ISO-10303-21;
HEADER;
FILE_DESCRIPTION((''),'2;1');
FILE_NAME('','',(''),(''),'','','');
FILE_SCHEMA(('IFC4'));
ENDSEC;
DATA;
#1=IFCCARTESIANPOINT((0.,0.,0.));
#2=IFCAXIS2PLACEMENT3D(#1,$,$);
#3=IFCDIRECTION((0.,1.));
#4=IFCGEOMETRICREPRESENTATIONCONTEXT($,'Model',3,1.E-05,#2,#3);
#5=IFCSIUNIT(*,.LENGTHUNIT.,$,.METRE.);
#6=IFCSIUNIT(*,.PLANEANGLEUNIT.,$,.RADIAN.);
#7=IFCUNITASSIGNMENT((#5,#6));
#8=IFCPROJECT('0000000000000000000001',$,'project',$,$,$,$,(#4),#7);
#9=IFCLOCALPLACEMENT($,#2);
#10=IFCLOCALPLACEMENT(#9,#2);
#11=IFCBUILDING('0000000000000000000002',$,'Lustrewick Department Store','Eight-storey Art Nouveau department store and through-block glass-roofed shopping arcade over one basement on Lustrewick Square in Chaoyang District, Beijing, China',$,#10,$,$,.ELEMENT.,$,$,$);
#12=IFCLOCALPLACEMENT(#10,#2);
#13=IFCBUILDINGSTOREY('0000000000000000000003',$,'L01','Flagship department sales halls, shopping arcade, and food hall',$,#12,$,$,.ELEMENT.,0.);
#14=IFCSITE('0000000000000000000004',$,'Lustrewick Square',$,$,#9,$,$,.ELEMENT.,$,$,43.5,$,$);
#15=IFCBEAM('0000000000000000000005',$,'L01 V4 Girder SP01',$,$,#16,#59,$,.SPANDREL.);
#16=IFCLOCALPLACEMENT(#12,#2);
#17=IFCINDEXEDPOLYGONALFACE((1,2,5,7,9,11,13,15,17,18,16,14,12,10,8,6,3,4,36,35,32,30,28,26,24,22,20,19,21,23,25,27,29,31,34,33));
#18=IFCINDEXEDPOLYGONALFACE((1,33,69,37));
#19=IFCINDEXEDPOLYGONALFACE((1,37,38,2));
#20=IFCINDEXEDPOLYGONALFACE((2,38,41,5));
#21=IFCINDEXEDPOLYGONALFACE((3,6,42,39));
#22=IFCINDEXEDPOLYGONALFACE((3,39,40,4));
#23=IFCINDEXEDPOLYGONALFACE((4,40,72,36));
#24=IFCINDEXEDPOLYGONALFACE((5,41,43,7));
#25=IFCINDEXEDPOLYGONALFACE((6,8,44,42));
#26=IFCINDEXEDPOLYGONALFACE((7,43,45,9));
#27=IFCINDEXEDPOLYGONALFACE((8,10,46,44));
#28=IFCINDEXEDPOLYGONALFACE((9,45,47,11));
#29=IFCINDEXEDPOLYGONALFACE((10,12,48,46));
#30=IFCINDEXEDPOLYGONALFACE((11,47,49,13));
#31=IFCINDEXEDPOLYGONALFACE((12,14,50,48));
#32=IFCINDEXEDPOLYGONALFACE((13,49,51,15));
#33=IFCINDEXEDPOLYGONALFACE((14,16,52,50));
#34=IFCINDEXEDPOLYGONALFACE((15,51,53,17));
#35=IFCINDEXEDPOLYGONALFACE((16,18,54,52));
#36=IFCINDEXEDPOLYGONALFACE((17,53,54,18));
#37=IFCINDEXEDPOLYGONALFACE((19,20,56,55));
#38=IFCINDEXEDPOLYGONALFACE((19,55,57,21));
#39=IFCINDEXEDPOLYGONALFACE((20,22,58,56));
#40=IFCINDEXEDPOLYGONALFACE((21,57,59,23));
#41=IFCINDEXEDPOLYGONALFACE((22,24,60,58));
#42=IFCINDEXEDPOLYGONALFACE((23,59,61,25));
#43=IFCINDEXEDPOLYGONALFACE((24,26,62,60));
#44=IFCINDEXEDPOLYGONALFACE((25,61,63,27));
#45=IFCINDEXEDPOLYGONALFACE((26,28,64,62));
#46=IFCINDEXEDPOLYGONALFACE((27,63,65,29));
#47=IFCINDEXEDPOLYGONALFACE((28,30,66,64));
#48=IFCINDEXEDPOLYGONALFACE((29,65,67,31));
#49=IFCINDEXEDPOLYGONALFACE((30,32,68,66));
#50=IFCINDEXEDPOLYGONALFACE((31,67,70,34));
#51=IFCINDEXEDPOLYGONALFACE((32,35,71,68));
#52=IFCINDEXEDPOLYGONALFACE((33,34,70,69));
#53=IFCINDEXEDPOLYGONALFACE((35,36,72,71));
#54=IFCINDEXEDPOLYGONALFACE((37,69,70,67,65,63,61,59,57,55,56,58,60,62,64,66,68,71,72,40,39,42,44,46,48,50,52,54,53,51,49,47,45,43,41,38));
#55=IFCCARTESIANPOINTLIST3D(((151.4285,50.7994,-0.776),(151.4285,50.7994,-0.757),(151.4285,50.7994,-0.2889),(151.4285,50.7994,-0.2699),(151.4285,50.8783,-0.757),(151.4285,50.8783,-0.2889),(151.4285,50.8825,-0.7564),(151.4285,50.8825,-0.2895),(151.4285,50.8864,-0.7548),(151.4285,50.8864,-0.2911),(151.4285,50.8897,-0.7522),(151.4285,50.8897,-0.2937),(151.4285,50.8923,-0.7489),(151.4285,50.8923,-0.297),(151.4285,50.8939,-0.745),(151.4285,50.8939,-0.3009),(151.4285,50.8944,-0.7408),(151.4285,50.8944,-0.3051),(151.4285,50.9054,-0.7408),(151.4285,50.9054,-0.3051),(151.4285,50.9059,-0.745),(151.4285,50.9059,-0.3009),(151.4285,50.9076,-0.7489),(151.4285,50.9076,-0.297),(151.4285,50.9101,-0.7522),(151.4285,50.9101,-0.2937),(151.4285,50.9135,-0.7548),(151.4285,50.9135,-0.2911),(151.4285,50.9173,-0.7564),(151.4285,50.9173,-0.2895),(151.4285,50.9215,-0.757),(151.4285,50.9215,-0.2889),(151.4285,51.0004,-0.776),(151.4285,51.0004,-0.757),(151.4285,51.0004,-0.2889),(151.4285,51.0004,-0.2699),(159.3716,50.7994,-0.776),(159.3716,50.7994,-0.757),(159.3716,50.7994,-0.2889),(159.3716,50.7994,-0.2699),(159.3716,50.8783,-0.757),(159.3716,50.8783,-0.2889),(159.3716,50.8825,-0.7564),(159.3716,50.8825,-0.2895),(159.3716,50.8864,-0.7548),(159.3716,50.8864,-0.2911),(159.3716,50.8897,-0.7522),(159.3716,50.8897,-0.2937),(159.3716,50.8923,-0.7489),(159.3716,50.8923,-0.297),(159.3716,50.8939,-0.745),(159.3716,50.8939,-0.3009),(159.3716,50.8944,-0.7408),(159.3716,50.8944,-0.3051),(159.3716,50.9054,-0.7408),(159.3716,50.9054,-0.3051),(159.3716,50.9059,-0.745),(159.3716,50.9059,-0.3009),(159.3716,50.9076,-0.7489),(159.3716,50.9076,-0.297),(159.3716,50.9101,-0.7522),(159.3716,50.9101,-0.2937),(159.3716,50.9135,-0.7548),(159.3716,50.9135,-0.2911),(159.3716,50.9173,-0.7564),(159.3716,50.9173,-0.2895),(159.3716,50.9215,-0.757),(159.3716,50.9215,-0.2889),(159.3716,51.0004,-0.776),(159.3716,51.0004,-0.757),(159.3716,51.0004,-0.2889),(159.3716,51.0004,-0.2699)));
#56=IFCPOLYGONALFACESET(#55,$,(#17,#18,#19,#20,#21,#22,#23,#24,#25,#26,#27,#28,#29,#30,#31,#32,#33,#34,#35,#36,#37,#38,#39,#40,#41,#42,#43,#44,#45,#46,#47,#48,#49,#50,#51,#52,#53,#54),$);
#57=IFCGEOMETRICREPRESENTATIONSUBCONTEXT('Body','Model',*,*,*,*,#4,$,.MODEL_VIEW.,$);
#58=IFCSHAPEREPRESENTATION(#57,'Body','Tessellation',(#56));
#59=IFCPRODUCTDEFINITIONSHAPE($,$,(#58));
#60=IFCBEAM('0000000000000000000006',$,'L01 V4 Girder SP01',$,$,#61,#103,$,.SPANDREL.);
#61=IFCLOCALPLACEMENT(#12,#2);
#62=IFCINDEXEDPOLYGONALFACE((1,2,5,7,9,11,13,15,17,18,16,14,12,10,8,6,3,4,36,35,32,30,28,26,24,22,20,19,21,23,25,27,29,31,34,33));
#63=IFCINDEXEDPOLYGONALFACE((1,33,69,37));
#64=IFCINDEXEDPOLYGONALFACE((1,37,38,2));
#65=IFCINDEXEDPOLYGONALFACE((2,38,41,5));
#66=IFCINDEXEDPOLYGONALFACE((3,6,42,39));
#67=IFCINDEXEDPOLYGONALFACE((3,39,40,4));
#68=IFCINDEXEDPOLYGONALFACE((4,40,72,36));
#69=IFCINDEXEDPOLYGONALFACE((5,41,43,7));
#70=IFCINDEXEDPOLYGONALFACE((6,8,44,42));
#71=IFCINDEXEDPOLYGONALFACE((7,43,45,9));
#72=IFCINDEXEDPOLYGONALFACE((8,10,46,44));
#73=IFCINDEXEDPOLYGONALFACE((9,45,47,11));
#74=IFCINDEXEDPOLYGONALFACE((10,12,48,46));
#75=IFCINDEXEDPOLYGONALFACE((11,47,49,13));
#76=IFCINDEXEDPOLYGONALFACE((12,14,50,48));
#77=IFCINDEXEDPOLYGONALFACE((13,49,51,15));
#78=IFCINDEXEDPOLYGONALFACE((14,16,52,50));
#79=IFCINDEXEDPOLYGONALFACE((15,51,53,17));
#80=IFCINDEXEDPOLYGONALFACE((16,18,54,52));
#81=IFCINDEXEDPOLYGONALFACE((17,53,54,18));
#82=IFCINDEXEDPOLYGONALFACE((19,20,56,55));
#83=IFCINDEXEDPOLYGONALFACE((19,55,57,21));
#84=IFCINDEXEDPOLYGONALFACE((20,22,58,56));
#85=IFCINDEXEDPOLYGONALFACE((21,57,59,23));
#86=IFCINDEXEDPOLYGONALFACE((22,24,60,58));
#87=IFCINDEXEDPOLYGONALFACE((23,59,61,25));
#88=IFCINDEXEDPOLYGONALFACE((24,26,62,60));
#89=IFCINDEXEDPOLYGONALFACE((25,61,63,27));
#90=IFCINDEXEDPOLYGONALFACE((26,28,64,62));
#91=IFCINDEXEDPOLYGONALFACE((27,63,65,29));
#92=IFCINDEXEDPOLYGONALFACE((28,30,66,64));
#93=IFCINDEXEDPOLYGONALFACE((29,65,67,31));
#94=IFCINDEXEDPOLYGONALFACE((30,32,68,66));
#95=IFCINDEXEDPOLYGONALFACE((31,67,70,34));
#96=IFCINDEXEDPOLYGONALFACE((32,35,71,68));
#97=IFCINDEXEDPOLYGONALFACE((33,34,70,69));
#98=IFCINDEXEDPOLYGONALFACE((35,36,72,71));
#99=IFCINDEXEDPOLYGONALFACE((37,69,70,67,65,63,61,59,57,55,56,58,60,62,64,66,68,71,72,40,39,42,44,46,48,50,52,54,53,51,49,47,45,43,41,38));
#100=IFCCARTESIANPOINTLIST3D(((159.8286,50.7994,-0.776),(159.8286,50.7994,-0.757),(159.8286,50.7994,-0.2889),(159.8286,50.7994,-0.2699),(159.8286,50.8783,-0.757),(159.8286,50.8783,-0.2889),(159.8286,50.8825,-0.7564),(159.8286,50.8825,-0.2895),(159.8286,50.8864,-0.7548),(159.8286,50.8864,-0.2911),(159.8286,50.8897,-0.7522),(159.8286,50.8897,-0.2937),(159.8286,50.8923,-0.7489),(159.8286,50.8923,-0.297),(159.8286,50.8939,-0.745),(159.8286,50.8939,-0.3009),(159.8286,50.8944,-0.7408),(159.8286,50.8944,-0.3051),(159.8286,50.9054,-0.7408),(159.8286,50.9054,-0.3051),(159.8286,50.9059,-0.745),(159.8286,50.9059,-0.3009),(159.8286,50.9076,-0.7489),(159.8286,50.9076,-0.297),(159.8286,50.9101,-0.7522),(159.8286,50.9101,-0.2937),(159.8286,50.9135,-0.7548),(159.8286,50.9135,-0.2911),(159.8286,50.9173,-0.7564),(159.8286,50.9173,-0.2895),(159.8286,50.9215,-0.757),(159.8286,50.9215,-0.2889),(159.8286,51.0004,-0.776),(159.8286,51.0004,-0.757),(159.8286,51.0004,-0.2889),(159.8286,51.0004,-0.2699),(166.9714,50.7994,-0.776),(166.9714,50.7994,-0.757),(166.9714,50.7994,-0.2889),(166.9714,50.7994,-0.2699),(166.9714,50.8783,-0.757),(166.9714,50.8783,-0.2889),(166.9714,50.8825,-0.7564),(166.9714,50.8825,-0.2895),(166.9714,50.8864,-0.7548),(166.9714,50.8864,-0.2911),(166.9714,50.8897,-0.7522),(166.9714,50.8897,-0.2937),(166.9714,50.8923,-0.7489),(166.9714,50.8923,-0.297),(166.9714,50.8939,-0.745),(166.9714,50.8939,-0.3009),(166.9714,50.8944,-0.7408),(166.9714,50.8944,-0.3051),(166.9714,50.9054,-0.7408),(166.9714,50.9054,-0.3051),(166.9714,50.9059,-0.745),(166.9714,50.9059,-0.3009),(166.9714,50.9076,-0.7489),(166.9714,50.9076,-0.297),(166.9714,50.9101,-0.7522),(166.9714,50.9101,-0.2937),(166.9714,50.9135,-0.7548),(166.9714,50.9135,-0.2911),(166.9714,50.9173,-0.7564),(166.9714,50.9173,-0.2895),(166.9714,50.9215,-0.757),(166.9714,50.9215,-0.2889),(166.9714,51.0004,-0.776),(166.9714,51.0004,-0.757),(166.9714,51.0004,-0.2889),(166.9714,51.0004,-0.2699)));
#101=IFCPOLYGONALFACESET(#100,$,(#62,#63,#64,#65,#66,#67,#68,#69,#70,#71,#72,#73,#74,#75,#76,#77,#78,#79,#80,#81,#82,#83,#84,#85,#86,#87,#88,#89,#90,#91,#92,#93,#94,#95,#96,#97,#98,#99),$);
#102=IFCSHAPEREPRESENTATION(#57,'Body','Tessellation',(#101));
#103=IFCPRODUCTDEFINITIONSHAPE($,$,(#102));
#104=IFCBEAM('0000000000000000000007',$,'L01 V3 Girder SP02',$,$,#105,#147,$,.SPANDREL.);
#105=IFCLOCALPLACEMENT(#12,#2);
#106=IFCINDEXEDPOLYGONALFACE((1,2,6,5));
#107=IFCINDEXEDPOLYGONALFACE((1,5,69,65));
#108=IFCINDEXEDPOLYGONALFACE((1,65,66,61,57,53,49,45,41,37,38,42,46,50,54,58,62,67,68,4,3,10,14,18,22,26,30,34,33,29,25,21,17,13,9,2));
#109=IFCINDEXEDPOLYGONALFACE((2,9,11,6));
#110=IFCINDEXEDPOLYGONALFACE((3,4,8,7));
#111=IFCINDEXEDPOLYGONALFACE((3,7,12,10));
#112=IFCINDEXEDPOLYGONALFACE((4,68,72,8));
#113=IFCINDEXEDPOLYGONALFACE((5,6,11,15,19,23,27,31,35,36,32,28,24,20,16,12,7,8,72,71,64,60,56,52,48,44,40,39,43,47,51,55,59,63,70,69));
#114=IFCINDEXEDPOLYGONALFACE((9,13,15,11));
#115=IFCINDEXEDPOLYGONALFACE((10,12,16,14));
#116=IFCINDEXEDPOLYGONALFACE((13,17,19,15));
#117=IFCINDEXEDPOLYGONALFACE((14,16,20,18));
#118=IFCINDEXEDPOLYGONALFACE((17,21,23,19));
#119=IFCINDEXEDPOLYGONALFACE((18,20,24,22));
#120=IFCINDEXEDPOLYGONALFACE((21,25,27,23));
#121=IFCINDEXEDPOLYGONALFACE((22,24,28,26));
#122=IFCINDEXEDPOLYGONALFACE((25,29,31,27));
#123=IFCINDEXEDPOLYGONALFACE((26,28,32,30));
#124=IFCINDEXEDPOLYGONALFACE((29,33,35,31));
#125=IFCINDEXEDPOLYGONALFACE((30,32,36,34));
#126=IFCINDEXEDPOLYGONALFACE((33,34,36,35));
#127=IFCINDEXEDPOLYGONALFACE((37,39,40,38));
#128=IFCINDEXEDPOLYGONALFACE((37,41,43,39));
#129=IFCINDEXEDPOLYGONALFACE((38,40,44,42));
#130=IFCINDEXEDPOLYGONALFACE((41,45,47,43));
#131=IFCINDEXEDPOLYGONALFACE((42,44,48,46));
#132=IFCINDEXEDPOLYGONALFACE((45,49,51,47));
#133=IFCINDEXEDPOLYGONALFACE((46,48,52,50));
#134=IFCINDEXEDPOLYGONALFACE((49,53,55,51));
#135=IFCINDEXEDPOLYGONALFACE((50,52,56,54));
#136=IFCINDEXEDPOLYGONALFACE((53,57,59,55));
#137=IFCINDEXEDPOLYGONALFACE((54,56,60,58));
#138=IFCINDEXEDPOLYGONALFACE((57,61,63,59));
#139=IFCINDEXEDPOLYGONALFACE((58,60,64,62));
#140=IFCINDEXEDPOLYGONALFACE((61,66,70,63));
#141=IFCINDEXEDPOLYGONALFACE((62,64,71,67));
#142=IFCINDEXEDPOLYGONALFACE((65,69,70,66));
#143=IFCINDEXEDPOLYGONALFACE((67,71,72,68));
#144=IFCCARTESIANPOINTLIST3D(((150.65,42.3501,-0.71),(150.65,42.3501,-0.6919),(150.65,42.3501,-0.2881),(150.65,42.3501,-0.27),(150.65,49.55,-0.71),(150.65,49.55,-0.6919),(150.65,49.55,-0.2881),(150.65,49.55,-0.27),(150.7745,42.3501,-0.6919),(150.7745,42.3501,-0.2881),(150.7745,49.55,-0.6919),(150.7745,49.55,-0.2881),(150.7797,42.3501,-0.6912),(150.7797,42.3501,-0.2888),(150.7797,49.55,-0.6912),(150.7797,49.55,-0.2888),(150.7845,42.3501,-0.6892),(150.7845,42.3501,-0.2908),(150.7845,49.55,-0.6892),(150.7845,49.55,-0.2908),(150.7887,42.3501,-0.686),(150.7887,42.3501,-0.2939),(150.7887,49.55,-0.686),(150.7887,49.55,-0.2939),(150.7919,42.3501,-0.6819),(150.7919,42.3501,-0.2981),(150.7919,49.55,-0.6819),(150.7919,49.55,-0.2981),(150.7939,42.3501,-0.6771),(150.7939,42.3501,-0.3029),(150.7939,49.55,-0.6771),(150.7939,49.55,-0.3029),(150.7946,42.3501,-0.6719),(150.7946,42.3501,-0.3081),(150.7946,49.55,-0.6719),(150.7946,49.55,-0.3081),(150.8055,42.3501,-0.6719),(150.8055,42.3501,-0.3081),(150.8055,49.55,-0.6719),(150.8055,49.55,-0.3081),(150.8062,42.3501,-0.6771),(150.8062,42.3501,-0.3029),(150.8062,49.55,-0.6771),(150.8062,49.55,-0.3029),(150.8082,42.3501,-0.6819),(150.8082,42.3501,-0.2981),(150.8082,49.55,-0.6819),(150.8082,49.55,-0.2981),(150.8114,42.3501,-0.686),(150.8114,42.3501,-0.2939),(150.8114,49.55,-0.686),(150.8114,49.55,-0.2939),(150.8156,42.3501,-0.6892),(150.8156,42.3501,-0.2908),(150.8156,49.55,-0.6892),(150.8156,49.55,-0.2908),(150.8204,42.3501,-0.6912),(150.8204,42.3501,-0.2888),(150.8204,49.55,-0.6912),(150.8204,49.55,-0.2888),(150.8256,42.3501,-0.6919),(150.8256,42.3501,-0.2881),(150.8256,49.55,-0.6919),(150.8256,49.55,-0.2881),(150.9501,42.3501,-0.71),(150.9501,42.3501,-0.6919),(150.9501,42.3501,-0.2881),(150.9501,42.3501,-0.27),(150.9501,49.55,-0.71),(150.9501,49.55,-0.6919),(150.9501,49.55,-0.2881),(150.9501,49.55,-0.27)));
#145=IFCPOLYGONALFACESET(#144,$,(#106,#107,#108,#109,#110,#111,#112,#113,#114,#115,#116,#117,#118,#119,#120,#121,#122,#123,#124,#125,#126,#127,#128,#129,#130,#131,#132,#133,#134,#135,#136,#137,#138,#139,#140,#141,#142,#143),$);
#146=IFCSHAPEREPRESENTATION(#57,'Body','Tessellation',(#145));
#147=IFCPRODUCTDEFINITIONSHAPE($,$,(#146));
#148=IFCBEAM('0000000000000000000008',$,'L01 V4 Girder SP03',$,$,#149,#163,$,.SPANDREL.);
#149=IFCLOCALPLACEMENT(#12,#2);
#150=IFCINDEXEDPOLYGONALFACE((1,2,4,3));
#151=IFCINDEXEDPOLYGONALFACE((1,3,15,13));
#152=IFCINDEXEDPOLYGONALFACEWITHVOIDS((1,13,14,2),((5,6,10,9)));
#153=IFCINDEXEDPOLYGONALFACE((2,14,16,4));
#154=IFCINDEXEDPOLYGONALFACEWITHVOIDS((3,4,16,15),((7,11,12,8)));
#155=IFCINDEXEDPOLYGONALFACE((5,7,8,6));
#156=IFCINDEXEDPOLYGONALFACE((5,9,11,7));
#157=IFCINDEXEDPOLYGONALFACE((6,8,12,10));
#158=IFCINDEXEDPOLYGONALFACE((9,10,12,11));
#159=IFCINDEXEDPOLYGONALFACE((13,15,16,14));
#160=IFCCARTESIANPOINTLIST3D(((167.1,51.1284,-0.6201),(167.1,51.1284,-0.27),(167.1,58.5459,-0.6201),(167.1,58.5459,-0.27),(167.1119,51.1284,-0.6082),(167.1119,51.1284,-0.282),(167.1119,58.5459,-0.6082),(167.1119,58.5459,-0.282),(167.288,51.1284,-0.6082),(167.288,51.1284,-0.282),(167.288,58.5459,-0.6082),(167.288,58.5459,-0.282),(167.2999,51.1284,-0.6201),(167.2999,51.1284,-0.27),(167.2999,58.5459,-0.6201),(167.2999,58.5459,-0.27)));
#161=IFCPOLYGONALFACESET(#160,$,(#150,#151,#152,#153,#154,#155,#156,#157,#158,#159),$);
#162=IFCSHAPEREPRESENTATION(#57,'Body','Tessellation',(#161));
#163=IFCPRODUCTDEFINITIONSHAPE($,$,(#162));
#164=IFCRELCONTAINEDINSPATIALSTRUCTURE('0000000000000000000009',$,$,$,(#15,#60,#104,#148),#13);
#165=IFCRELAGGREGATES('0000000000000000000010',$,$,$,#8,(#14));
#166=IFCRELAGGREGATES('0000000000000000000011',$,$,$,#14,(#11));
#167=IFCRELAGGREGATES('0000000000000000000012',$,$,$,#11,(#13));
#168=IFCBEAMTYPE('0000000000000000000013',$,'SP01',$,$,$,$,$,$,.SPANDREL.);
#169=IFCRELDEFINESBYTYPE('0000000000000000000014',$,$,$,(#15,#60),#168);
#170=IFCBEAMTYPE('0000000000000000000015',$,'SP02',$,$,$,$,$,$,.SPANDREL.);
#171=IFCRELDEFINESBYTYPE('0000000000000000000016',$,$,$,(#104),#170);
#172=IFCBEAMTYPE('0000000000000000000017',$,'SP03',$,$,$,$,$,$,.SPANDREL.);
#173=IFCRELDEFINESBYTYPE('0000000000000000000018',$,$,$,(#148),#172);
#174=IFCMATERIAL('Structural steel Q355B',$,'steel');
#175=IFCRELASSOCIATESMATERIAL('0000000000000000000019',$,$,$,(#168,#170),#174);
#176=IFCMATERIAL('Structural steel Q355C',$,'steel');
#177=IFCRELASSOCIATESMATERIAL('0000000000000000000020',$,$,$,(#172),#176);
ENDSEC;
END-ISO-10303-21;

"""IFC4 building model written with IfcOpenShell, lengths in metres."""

from ifc_helpers import new_model, si_unit, direction, frame, origin, origin_2d, place, context, subcontext, project, spatial, hollow_rectangle, i_section, extrude, material, material_profile, profile_set, type_object, element, save


model = new_model("IFC4")

# Units and contexts
model_context = context("Model", 3, precision=1e-05, world=origin(), true_north=direction((0.0, 1.0)))
body_context = subcontext(model_context, "Body", "Model", "MODEL_VIEW")
ifc_project = project(units=[si_unit("LENGTHUNIT", "METRE"), si_unit("PLANEANGLEUNIT", "RADIAN")], contexts=[model_context])

# Site, building, storey
site_placement = place(None, origin())
site = spatial("IfcSite", under=ifc_project, at=site_placement, Name="Lustrewick Square", CompositionType="ELEMENT", RefElevation=43.5)
building_placement = place(site_placement, origin())
building = spatial("IfcBuilding", under=site, at=building_placement, Name="Lustrewick Department Store", Description="Eight-storey Art Nouveau department store and through-block glass-roofed shopping arcade over one basement on Lustrewick Square in Chaoyang District, Beijing, China", CompositionType="ELEMENT")
storey_placement = place(building_placement, origin())
storey = spatial("IfcBuildingStorey", under=building, at=storey_placement, Name="L01", Description="Flagship department sales halls, shopping arcade, and food hall", CompositionType="ELEMENT", Elevation=0.0)

# Shared definitions
ifc_material_1 = material(Name="Structural steel Q355C", Category="steel")

# Beams
ifc_material_2 = material(Name="Structural steel Q355B", Category="steel")
ifc_material_profile_1 = material_profile(ifc_material_2, i_section(OverallWidth=0.2009, OverallDepth=0.5061, WebThickness=0.011, FlangeThickness=0.019, FilletRadius=0.0161, at=origin_2d()), Name="HN 506x201x11x19")
ifc_profile_set_1 = profile_set([ifc_material_profile_1], Name="Structural steel Q355B")
beam_type_1 = type_object("IfcBeamType", Name="SP01", PredefinedType="SPANDREL", material=ifc_profile_set_1)
beam_1_placement = place(storey_placement, frame((151.4285, 50.8999, -0.5229), z_axis=(1.0, 0.0, 0.0), x_axis=(0.0, 1.0, 0.0)))
element("IfcBeam", 1, at=beam_1_placement, inside=storey, type_object=beam_type_1, Name="L01 V4 Girder SP01", PredefinedType="SPANDREL", context=body_context, shape_type="SweptSolid", body=[
    extrude(i_section(OverallWidth=0.2009, OverallDepth=0.5061, WebThickness=0.011, FlangeThickness=0.019, FilletRadius=0.0161, at=origin_2d()), origin(), (0.0, 0.0, 1.0), 7.9431),
])
beam_2_placement = place(storey_placement, frame((159.8286, 50.8999, -0.5229), z_axis=(1.0, 0.0, 0.0), x_axis=(0.0, 1.0, 0.0)))
element("IfcBeam", 2, at=beam_2_placement, inside=storey, type_object=beam_type_1, Name="L01 V4 Girder SP01", PredefinedType="SPANDREL", context=body_context, shape_type="SweptSolid", body=[
    extrude(i_section(OverallWidth=0.2009, OverallDepth=0.5061, WebThickness=0.011, FlangeThickness=0.019, FilletRadius=0.0161, at=origin_2d()), origin(), (0.0, 0.0, 1.0), 7.1428),
])
ifc_material_profile_2 = material_profile(ifc_material_2, i_section(OverallWidth=0.3, OverallDepth=0.4399, WebThickness=0.011, FlangeThickness=0.0181, FilletRadius=0.02, at=origin_2d()), Name="HM 440x300x11x18")
ifc_profile_set_2 = profile_set([ifc_material_profile_2], Name="Structural steel Q355B")
beam_type_2 = type_object("IfcBeamType", Name="SP02", PredefinedType="SPANDREL", material=ifc_profile_set_2)
beam_3_placement = place(storey_placement, frame((150.8, 42.3501, -0.49), z_axis=(0.0, 1.0, 0.0), x_axis=(-1.0, 0.0, 0.0)))
element("IfcBeam", 3, at=beam_3_placement, inside=storey, type_object=beam_type_2, Name="L01 V3 Girder SP02", PredefinedType="SPANDREL", context=body_context, shape_type="SweptSolid", body=[
    extrude(i_section(OverallWidth=0.3, OverallDepth=0.4399, WebThickness=0.011, FlangeThickness=0.0181, FilletRadius=0.02, at=origin_2d()), origin(), (0.0, 0.0, 1.0), 7.2),
])
ifc_material_profile_3 = material_profile(ifc_material_1, hollow_rectangle(XDim=0.2, YDim=0.3501, WallThickness=0.012, at=origin_2d()), Name="RHS 350x200x12")
ifc_profile_set_3 = profile_set([ifc_material_profile_3], Name="Structural steel Q355C")
beam_type_3 = type_object("IfcBeamType", Name="SP03", PredefinedType="SPANDREL", material=ifc_profile_set_3)
beam_4_placement = place(storey_placement, frame((167.2, 51.1284, -0.4451), z_axis=(0.0, 1.0, 0.0), x_axis=(-1.0, 0.0, 0.0)))
element("IfcBeam", 4, at=beam_4_placement, inside=storey, type_object=beam_type_3, Name="L01 V4 Girder SP03", PredefinedType="SPANDREL", context=body_context, shape_type="SweptSolid", body=[
    extrude(hollow_rectangle(XDim=0.2, YDim=0.3501, WallThickness=0.012, at=origin_2d()), origin(), (0.0, 0.0, 1.0), 7.4175),
])

save(model, "model.ifc")
